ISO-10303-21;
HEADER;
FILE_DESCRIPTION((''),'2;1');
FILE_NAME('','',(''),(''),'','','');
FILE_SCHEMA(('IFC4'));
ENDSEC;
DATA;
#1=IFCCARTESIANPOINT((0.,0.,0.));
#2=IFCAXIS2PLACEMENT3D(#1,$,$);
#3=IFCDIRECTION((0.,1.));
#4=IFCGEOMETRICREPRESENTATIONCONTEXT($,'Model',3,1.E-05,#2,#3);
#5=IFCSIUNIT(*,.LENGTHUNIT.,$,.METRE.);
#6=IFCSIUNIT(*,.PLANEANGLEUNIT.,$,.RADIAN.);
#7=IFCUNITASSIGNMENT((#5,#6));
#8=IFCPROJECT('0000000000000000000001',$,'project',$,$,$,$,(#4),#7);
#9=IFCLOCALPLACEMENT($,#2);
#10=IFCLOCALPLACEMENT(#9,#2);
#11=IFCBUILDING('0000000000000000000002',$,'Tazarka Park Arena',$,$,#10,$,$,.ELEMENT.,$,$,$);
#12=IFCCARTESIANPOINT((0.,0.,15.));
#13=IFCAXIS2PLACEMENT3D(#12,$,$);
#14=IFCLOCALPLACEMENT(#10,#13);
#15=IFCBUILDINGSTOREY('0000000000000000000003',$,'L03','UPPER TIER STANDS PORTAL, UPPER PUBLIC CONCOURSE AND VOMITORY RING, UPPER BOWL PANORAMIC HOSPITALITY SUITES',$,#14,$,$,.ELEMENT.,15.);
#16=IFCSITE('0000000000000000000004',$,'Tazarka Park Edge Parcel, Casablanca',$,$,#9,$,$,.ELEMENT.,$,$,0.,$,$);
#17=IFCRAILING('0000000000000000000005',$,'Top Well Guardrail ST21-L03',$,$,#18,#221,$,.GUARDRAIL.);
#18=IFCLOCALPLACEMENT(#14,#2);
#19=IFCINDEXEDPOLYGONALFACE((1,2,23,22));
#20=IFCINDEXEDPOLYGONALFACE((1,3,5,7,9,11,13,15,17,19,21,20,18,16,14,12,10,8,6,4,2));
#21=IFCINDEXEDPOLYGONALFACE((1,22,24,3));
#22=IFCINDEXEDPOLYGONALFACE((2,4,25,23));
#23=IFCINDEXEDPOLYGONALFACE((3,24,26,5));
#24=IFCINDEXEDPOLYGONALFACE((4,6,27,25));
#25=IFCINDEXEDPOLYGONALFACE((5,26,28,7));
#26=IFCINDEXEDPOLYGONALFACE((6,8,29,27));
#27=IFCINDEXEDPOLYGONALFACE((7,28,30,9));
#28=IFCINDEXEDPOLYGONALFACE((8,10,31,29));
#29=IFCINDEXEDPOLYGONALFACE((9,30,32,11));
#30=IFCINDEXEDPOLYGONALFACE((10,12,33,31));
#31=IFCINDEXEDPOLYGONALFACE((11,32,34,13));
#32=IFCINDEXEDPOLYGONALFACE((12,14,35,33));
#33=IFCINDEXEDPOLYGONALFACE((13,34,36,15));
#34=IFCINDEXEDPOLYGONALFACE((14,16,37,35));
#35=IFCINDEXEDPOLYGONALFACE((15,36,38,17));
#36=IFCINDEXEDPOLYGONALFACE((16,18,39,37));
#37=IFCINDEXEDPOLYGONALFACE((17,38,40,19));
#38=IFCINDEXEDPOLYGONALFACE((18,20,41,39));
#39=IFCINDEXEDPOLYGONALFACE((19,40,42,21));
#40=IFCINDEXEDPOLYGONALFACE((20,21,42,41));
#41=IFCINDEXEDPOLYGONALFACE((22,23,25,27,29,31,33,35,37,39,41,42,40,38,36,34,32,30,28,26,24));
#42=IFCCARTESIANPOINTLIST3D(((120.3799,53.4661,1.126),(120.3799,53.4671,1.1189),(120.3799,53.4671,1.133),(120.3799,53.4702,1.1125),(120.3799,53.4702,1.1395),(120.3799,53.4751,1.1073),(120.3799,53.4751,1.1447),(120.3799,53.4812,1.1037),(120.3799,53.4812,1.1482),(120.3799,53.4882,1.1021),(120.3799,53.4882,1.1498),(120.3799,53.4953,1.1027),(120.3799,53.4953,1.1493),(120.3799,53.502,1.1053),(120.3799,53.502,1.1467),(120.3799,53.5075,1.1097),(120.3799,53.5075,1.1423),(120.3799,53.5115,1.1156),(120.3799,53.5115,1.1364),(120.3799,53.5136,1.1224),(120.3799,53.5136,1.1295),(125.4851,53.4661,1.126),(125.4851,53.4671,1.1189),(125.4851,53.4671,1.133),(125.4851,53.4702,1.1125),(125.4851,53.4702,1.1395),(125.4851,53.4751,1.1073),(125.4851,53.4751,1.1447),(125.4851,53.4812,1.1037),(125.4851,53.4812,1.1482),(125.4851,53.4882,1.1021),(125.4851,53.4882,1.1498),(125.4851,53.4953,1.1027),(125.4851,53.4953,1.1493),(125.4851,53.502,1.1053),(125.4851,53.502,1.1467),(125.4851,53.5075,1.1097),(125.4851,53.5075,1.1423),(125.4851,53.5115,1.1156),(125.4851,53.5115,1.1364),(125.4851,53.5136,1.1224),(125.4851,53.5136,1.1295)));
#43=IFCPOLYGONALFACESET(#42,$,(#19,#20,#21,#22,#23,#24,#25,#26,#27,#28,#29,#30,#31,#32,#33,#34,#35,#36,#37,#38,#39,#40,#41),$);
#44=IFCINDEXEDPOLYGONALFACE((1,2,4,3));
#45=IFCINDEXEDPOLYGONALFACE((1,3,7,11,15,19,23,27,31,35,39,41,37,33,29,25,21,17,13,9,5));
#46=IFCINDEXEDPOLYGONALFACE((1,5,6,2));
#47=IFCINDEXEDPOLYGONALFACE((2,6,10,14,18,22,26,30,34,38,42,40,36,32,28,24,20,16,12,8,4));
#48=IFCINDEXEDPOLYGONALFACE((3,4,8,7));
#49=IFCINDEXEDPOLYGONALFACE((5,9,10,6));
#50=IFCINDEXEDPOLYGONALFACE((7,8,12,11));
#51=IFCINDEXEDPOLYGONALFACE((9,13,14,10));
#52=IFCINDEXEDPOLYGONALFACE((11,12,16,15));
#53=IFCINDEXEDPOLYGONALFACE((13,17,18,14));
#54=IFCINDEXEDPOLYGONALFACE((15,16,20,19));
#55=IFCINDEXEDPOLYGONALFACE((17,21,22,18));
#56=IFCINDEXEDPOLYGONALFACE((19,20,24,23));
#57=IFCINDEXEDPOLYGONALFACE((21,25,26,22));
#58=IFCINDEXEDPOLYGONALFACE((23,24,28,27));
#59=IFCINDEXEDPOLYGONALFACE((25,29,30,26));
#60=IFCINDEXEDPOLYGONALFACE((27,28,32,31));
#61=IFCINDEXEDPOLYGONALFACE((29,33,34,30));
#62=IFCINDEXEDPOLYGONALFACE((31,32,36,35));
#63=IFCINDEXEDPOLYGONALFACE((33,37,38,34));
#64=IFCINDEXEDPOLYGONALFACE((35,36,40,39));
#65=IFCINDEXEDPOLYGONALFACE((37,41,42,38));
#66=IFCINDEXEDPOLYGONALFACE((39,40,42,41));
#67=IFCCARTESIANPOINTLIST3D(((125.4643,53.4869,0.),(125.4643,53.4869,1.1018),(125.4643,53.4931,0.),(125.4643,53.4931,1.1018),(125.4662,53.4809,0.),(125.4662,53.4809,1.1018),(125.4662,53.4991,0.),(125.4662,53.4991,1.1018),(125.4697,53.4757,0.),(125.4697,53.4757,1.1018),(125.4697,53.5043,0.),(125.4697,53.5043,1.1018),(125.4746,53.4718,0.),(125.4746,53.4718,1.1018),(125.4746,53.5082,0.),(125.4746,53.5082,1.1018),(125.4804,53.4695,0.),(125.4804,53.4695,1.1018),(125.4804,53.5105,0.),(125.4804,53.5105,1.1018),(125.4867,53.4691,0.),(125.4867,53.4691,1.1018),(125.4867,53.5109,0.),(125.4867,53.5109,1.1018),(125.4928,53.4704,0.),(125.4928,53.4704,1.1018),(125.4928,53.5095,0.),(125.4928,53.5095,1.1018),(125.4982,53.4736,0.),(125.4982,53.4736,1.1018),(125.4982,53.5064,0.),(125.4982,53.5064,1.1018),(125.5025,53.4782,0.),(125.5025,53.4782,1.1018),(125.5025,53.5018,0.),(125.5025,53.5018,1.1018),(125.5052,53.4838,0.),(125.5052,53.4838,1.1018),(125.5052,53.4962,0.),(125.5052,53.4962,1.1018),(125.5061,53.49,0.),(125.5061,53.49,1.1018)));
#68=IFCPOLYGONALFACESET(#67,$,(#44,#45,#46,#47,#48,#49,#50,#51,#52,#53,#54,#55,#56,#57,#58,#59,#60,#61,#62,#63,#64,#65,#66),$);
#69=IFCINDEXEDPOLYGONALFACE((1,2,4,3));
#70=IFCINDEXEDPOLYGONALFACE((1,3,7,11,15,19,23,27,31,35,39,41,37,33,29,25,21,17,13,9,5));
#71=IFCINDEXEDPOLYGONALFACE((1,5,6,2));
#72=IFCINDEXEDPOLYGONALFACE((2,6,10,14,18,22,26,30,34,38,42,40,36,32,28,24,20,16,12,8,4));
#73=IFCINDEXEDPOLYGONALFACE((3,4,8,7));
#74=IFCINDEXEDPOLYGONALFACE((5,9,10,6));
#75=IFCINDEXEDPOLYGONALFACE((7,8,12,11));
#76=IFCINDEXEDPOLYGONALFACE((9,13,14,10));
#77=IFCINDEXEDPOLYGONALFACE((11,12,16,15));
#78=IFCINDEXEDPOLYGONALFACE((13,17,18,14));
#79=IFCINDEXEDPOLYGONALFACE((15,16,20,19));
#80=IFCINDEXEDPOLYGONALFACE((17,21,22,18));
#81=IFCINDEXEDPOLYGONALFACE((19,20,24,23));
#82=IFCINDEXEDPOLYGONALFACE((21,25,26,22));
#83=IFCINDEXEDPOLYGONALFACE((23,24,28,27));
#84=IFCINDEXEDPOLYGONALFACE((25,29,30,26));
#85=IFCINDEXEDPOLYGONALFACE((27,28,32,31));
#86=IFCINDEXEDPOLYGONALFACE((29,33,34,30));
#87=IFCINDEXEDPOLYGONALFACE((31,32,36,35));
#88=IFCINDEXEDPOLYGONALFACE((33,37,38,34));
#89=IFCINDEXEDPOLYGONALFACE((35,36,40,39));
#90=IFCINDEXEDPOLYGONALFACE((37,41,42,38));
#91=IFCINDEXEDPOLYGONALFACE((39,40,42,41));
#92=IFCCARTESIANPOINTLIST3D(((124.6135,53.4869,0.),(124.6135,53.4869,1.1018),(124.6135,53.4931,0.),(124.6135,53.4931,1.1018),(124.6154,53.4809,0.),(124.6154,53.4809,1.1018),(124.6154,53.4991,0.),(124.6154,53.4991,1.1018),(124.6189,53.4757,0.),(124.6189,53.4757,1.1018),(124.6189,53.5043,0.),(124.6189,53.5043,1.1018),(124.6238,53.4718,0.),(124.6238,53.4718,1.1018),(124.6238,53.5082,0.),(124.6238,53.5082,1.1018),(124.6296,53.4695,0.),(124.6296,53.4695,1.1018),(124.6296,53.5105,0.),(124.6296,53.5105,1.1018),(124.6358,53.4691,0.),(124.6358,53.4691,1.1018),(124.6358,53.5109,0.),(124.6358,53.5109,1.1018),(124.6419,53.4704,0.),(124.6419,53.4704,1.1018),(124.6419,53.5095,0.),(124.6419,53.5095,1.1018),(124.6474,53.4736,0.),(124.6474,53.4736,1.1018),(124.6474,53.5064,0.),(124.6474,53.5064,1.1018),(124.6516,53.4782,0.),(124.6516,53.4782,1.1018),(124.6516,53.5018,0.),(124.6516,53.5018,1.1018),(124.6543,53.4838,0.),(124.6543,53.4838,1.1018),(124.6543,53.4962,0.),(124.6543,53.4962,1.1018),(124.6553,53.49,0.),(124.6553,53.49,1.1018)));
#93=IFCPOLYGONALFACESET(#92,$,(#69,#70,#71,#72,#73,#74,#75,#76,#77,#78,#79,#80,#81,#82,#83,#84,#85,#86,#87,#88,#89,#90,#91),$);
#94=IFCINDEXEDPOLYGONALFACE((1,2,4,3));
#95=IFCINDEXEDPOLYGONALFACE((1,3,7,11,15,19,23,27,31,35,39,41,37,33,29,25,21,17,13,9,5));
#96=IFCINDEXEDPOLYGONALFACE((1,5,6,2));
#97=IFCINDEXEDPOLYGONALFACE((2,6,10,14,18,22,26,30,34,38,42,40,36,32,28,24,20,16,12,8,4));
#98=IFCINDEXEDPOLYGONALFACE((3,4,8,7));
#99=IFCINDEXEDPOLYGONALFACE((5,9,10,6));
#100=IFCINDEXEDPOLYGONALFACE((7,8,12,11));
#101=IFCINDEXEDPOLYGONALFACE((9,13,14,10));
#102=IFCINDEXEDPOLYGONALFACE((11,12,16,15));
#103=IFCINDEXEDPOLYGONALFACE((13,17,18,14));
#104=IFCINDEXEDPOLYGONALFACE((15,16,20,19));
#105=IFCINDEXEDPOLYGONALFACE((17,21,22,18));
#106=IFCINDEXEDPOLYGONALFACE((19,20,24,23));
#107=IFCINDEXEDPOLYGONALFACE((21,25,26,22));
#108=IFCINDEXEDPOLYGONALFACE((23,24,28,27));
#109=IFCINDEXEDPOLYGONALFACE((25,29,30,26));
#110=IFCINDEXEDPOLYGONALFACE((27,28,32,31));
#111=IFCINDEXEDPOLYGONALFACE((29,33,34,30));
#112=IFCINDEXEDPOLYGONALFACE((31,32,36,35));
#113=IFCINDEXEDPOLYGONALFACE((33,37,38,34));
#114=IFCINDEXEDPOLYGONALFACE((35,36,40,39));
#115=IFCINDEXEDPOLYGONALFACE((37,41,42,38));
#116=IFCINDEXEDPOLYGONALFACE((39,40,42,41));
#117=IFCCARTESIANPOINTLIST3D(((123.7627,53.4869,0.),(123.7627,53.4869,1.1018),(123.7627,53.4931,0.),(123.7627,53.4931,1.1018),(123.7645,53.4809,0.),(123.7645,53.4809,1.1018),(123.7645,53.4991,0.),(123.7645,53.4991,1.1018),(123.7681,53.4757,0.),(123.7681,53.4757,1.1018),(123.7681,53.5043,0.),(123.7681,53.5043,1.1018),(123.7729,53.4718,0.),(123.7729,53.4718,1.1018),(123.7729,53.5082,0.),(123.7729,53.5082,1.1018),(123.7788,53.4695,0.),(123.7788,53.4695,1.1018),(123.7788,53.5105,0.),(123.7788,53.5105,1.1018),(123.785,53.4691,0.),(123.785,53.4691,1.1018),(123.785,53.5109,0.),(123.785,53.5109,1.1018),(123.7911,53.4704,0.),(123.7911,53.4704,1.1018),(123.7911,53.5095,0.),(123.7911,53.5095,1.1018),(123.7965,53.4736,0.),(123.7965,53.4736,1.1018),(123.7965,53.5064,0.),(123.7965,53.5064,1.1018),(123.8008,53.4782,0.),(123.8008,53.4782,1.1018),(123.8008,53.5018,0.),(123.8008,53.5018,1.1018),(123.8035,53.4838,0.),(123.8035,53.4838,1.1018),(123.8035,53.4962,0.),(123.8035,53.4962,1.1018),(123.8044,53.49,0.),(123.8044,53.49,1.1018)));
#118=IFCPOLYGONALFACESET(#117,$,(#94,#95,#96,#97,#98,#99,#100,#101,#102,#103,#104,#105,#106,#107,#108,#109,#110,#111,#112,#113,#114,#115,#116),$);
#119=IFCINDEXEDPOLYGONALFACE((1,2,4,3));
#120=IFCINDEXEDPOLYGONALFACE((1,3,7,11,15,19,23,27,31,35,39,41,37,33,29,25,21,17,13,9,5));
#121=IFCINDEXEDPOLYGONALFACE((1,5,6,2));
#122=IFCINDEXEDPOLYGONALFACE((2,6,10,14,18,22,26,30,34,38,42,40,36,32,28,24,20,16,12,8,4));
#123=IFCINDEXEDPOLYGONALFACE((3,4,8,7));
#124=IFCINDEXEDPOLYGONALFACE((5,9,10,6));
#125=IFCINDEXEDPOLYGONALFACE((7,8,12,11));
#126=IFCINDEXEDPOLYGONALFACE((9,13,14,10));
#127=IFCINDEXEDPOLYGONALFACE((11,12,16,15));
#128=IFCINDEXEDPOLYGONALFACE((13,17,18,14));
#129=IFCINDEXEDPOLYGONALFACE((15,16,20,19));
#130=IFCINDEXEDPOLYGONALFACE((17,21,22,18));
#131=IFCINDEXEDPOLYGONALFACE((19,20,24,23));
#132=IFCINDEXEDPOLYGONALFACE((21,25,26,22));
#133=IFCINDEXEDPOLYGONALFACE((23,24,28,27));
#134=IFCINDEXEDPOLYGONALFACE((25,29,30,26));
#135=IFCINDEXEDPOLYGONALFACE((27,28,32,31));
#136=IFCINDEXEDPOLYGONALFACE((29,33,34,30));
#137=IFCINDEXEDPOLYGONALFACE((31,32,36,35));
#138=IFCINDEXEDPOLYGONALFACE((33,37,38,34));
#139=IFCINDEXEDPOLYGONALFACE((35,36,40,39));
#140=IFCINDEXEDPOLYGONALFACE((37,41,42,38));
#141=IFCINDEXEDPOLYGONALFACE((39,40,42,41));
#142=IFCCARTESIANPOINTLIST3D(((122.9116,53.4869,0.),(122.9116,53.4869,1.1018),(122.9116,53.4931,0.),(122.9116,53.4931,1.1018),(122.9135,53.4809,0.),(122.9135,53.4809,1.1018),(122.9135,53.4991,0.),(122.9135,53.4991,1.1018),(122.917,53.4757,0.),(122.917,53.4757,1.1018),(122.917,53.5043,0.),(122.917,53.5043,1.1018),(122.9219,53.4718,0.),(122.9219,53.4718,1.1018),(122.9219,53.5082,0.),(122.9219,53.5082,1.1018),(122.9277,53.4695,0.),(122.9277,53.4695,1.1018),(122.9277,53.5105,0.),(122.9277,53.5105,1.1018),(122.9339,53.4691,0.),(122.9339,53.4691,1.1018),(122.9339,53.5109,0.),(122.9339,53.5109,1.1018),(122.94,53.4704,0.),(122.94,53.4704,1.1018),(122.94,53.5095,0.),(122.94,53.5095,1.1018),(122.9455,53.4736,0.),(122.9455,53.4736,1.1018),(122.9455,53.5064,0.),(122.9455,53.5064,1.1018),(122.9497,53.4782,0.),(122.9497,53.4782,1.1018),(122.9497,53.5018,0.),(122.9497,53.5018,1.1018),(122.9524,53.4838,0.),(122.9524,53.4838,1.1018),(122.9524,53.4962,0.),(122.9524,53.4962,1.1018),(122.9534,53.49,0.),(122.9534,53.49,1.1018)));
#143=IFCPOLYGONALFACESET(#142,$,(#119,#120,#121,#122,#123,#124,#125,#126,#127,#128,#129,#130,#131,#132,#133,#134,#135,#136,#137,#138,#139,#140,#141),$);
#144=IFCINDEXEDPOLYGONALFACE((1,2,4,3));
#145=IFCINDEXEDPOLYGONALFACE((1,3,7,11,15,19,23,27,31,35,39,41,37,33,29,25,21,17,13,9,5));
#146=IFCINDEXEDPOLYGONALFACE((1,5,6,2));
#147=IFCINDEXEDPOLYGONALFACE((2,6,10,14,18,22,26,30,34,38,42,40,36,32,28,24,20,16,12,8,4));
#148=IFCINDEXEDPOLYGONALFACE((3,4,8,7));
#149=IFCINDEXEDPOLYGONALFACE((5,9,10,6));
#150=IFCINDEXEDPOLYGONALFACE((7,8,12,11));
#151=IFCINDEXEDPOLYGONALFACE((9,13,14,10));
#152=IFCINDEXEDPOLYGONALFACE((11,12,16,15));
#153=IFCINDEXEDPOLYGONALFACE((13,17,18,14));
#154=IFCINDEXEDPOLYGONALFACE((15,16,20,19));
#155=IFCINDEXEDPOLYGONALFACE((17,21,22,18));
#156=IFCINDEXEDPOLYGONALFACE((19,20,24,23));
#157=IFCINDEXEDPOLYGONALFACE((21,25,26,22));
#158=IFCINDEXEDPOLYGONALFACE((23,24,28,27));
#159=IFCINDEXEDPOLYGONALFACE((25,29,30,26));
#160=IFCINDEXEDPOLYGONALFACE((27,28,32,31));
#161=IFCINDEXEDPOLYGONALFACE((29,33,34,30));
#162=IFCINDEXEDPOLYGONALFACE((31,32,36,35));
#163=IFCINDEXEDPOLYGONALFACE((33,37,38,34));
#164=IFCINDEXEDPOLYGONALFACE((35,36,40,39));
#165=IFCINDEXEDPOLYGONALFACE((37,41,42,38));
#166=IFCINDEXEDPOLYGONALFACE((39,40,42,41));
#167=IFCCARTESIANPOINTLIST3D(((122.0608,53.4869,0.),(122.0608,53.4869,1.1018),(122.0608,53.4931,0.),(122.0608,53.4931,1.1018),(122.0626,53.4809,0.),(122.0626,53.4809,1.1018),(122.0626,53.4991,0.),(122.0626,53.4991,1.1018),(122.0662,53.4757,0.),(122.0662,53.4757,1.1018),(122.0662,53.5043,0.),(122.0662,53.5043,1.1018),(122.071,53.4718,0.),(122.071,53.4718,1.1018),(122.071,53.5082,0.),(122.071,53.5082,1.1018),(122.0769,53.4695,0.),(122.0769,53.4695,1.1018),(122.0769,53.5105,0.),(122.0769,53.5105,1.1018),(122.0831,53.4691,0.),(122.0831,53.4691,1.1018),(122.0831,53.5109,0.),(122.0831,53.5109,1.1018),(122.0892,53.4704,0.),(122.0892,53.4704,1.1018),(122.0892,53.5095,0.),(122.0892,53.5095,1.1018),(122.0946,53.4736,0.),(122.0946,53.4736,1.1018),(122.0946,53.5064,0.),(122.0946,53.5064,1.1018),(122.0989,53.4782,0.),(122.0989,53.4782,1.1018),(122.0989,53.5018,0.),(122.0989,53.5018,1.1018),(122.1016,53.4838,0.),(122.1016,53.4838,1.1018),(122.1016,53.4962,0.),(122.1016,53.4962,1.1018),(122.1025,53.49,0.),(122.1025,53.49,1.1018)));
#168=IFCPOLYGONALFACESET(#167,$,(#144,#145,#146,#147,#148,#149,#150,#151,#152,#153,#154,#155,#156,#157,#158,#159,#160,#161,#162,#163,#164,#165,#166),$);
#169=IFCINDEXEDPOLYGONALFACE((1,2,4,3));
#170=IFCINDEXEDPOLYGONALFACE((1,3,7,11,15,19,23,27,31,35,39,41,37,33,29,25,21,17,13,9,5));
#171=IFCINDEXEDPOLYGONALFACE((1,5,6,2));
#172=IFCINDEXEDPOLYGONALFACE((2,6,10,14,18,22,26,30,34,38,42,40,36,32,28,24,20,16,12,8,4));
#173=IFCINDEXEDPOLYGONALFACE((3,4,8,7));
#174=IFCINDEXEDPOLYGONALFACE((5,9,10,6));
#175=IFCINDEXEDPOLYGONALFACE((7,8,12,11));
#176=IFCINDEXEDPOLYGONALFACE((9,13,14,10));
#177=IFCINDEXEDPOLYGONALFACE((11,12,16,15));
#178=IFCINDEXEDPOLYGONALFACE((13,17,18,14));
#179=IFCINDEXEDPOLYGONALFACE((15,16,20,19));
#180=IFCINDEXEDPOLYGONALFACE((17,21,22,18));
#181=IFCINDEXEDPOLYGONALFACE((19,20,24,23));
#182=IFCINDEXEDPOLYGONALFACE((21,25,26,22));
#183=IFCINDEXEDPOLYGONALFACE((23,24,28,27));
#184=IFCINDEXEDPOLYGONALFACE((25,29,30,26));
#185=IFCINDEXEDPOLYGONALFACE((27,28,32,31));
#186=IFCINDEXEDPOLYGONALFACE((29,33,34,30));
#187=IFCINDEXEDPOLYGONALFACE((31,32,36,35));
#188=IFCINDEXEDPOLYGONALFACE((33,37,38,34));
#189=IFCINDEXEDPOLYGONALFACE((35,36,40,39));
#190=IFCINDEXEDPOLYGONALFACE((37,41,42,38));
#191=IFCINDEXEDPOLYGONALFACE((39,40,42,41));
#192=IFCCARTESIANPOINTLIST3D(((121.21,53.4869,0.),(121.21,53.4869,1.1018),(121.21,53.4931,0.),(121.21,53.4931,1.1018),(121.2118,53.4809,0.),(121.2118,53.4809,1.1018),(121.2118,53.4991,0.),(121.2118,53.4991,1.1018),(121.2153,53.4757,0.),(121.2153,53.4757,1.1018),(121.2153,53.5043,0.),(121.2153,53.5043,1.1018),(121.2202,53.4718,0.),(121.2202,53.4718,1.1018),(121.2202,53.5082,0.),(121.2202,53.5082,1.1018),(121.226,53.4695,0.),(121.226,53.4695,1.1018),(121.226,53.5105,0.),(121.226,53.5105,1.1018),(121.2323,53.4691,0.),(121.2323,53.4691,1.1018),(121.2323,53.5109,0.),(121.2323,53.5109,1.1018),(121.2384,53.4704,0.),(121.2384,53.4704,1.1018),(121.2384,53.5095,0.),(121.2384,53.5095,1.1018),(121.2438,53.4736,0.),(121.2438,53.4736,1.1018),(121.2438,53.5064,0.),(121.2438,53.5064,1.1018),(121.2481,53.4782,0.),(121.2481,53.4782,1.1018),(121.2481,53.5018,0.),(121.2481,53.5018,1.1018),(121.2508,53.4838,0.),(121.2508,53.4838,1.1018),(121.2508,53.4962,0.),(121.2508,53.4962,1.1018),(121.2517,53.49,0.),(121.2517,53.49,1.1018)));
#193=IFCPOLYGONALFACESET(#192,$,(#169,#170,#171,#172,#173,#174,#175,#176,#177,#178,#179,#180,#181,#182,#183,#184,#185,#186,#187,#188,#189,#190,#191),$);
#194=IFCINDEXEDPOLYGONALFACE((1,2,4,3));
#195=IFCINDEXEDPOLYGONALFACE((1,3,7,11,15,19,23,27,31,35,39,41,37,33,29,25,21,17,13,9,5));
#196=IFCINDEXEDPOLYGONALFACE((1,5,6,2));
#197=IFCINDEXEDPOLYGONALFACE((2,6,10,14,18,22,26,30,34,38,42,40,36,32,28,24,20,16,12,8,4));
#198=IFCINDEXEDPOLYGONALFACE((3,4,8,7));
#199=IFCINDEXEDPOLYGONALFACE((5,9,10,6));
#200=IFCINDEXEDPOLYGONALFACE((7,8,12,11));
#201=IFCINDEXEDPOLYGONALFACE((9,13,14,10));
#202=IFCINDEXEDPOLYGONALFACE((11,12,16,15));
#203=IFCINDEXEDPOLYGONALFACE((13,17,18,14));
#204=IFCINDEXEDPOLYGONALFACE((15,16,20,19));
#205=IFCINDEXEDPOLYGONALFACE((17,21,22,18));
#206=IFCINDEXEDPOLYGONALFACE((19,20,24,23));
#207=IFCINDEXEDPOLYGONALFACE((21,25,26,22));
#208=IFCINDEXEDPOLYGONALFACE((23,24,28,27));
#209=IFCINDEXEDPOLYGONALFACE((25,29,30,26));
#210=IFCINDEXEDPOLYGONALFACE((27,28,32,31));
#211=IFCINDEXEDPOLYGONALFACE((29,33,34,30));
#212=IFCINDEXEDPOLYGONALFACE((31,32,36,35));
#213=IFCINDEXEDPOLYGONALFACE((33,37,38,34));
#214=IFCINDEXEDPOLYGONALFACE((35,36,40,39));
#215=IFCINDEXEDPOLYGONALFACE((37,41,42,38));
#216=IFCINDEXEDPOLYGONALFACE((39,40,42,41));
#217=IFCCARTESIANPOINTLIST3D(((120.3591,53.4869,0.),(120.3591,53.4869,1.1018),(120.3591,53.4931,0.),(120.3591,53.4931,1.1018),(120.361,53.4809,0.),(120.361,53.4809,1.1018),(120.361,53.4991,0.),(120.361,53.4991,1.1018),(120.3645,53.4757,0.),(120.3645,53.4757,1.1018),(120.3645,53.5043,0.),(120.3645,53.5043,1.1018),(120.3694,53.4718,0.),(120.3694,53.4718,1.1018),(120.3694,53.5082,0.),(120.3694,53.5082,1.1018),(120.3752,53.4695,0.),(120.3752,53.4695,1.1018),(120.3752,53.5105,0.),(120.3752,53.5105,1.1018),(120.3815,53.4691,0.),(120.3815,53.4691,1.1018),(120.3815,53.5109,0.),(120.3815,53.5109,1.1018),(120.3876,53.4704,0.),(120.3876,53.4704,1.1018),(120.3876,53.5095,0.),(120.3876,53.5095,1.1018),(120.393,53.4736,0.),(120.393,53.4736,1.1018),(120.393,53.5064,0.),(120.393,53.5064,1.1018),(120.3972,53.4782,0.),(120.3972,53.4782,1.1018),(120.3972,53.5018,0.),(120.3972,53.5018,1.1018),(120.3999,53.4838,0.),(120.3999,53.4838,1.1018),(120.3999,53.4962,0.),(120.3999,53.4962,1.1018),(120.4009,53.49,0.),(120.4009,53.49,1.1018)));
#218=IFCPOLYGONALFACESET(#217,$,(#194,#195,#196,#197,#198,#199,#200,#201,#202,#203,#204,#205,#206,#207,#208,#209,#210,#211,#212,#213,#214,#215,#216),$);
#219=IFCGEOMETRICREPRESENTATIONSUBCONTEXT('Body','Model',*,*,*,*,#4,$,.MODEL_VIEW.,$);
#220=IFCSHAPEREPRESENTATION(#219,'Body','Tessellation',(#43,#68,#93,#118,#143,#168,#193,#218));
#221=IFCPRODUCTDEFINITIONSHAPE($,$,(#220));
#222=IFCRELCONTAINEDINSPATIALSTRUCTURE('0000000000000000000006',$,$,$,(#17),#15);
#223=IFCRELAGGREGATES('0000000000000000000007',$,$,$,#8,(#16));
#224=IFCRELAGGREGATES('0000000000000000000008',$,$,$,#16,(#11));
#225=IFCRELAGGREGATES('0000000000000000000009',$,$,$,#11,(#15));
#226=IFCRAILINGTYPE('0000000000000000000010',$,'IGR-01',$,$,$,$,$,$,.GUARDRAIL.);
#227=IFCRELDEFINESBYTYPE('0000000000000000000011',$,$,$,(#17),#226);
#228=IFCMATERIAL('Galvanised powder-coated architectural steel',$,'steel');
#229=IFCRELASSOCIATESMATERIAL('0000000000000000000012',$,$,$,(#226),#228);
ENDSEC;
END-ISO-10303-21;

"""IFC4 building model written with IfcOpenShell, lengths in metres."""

from ifc_helpers import new_model, si_unit, direction, frame, origin, origin_2d, place, context, subcontext, project, spatial, circle, extrude, material, type_object, element, save


model = new_model("IFC4")

# Units and contexts
model_context = context("Model", 3, precision=1e-05, world=origin(), true_north=direction((0.0, 1.0)))
body_context = subcontext(model_context, "Body", "Model", "MODEL_VIEW")
ifc_project = project(units=[si_unit("LENGTHUNIT", "METRE"), si_unit("PLANEANGLEUNIT", "RADIAN")], contexts=[model_context])

# Site, building, storey
site_placement = place(None, origin())
site = spatial("IfcSite", under=ifc_project, at=site_placement, Name="Tazarka Park Edge Parcel, Casablanca", CompositionType="ELEMENT", RefElevation=0.0)
building_placement = place(site_placement, origin())
building = spatial("IfcBuilding", under=site, at=building_placement, Name="Tazarka Park Arena", CompositionType="ELEMENT")
storey_placement = place(building_placement, frame((0.0, 0.0, 15.0)))
storey = spatial("IfcBuildingStorey", under=building, at=storey_placement, Name="L03", Description="UPPER TIER STANDS PORTAL, UPPER PUBLIC CONCOURSE AND VOMITORY RING, UPPER BOWL PANORAMIC HOSPITALITY SUITES", CompositionType="ELEMENT", Elevation=15.0)

# Railing
ifc_material_1 = material(Name="Galvanised powder-coated architectural steel", Category="steel")
railing_type = type_object("IfcRailingType", Name="IGR-01", PredefinedType="GUARDRAIL", material=ifc_material_1)
railing_1_placement = place(storey_placement, frame((125.4851, 53.49, 0.0)))
element("IfcRailing", 1, at=railing_1_placement, inside=storey, type_object=railing_type, Name="Top Well Guardrail ST21-L03", PredefinedType="GUARDRAIL", context=body_context, shape_type="SweptSolid", body=[
    extrude(circle(Radius=0.0239, at=origin_2d()), frame((0.0, 0.0, 1.126), z_axis=(-1.0, 0.0, 0.0), x_axis=(0.0, -1.0, 0.0)), (0.0, 0.0, 1.0), 5.1052),
    extrude(circle(Radius=0.021, at=origin_2d()), origin(), (0.0, 0.0, 1.0), 1.1018),
    extrude(circle(Radius=0.021, at=origin_2d()), frame((-0.8508, 0.0, 0.0)), (0.0, 0.0, 1.0), 1.1018),
    extrude(circle(Radius=0.021, at=origin_2d()), frame((-1.7017, 0.0, 0.0)), (0.0, 0.0, 1.0), 1.1018),
    extrude(circle(Radius=0.021, at=origin_2d()), frame((-2.5527, 0.0, 0.0)), (0.0, 0.0, 1.0), 1.1018),
    extrude(circle(Radius=0.021, at=origin_2d()), frame((-3.4036, 0.0, 0.0)), (0.0, 0.0, 1.0), 1.1018),
    extrude(circle(Radius=0.021, at=origin_2d()), frame((-4.2544, 0.0, 0.0)), (0.0, 0.0, 1.0), 1.1018),
    extrude(circle(Radius=0.021, at=origin_2d()), frame((-5.1052, 0.0, 0.0)), (0.0, 0.0, 1.0), 1.1018),
])

save(model, "model.ifc")
